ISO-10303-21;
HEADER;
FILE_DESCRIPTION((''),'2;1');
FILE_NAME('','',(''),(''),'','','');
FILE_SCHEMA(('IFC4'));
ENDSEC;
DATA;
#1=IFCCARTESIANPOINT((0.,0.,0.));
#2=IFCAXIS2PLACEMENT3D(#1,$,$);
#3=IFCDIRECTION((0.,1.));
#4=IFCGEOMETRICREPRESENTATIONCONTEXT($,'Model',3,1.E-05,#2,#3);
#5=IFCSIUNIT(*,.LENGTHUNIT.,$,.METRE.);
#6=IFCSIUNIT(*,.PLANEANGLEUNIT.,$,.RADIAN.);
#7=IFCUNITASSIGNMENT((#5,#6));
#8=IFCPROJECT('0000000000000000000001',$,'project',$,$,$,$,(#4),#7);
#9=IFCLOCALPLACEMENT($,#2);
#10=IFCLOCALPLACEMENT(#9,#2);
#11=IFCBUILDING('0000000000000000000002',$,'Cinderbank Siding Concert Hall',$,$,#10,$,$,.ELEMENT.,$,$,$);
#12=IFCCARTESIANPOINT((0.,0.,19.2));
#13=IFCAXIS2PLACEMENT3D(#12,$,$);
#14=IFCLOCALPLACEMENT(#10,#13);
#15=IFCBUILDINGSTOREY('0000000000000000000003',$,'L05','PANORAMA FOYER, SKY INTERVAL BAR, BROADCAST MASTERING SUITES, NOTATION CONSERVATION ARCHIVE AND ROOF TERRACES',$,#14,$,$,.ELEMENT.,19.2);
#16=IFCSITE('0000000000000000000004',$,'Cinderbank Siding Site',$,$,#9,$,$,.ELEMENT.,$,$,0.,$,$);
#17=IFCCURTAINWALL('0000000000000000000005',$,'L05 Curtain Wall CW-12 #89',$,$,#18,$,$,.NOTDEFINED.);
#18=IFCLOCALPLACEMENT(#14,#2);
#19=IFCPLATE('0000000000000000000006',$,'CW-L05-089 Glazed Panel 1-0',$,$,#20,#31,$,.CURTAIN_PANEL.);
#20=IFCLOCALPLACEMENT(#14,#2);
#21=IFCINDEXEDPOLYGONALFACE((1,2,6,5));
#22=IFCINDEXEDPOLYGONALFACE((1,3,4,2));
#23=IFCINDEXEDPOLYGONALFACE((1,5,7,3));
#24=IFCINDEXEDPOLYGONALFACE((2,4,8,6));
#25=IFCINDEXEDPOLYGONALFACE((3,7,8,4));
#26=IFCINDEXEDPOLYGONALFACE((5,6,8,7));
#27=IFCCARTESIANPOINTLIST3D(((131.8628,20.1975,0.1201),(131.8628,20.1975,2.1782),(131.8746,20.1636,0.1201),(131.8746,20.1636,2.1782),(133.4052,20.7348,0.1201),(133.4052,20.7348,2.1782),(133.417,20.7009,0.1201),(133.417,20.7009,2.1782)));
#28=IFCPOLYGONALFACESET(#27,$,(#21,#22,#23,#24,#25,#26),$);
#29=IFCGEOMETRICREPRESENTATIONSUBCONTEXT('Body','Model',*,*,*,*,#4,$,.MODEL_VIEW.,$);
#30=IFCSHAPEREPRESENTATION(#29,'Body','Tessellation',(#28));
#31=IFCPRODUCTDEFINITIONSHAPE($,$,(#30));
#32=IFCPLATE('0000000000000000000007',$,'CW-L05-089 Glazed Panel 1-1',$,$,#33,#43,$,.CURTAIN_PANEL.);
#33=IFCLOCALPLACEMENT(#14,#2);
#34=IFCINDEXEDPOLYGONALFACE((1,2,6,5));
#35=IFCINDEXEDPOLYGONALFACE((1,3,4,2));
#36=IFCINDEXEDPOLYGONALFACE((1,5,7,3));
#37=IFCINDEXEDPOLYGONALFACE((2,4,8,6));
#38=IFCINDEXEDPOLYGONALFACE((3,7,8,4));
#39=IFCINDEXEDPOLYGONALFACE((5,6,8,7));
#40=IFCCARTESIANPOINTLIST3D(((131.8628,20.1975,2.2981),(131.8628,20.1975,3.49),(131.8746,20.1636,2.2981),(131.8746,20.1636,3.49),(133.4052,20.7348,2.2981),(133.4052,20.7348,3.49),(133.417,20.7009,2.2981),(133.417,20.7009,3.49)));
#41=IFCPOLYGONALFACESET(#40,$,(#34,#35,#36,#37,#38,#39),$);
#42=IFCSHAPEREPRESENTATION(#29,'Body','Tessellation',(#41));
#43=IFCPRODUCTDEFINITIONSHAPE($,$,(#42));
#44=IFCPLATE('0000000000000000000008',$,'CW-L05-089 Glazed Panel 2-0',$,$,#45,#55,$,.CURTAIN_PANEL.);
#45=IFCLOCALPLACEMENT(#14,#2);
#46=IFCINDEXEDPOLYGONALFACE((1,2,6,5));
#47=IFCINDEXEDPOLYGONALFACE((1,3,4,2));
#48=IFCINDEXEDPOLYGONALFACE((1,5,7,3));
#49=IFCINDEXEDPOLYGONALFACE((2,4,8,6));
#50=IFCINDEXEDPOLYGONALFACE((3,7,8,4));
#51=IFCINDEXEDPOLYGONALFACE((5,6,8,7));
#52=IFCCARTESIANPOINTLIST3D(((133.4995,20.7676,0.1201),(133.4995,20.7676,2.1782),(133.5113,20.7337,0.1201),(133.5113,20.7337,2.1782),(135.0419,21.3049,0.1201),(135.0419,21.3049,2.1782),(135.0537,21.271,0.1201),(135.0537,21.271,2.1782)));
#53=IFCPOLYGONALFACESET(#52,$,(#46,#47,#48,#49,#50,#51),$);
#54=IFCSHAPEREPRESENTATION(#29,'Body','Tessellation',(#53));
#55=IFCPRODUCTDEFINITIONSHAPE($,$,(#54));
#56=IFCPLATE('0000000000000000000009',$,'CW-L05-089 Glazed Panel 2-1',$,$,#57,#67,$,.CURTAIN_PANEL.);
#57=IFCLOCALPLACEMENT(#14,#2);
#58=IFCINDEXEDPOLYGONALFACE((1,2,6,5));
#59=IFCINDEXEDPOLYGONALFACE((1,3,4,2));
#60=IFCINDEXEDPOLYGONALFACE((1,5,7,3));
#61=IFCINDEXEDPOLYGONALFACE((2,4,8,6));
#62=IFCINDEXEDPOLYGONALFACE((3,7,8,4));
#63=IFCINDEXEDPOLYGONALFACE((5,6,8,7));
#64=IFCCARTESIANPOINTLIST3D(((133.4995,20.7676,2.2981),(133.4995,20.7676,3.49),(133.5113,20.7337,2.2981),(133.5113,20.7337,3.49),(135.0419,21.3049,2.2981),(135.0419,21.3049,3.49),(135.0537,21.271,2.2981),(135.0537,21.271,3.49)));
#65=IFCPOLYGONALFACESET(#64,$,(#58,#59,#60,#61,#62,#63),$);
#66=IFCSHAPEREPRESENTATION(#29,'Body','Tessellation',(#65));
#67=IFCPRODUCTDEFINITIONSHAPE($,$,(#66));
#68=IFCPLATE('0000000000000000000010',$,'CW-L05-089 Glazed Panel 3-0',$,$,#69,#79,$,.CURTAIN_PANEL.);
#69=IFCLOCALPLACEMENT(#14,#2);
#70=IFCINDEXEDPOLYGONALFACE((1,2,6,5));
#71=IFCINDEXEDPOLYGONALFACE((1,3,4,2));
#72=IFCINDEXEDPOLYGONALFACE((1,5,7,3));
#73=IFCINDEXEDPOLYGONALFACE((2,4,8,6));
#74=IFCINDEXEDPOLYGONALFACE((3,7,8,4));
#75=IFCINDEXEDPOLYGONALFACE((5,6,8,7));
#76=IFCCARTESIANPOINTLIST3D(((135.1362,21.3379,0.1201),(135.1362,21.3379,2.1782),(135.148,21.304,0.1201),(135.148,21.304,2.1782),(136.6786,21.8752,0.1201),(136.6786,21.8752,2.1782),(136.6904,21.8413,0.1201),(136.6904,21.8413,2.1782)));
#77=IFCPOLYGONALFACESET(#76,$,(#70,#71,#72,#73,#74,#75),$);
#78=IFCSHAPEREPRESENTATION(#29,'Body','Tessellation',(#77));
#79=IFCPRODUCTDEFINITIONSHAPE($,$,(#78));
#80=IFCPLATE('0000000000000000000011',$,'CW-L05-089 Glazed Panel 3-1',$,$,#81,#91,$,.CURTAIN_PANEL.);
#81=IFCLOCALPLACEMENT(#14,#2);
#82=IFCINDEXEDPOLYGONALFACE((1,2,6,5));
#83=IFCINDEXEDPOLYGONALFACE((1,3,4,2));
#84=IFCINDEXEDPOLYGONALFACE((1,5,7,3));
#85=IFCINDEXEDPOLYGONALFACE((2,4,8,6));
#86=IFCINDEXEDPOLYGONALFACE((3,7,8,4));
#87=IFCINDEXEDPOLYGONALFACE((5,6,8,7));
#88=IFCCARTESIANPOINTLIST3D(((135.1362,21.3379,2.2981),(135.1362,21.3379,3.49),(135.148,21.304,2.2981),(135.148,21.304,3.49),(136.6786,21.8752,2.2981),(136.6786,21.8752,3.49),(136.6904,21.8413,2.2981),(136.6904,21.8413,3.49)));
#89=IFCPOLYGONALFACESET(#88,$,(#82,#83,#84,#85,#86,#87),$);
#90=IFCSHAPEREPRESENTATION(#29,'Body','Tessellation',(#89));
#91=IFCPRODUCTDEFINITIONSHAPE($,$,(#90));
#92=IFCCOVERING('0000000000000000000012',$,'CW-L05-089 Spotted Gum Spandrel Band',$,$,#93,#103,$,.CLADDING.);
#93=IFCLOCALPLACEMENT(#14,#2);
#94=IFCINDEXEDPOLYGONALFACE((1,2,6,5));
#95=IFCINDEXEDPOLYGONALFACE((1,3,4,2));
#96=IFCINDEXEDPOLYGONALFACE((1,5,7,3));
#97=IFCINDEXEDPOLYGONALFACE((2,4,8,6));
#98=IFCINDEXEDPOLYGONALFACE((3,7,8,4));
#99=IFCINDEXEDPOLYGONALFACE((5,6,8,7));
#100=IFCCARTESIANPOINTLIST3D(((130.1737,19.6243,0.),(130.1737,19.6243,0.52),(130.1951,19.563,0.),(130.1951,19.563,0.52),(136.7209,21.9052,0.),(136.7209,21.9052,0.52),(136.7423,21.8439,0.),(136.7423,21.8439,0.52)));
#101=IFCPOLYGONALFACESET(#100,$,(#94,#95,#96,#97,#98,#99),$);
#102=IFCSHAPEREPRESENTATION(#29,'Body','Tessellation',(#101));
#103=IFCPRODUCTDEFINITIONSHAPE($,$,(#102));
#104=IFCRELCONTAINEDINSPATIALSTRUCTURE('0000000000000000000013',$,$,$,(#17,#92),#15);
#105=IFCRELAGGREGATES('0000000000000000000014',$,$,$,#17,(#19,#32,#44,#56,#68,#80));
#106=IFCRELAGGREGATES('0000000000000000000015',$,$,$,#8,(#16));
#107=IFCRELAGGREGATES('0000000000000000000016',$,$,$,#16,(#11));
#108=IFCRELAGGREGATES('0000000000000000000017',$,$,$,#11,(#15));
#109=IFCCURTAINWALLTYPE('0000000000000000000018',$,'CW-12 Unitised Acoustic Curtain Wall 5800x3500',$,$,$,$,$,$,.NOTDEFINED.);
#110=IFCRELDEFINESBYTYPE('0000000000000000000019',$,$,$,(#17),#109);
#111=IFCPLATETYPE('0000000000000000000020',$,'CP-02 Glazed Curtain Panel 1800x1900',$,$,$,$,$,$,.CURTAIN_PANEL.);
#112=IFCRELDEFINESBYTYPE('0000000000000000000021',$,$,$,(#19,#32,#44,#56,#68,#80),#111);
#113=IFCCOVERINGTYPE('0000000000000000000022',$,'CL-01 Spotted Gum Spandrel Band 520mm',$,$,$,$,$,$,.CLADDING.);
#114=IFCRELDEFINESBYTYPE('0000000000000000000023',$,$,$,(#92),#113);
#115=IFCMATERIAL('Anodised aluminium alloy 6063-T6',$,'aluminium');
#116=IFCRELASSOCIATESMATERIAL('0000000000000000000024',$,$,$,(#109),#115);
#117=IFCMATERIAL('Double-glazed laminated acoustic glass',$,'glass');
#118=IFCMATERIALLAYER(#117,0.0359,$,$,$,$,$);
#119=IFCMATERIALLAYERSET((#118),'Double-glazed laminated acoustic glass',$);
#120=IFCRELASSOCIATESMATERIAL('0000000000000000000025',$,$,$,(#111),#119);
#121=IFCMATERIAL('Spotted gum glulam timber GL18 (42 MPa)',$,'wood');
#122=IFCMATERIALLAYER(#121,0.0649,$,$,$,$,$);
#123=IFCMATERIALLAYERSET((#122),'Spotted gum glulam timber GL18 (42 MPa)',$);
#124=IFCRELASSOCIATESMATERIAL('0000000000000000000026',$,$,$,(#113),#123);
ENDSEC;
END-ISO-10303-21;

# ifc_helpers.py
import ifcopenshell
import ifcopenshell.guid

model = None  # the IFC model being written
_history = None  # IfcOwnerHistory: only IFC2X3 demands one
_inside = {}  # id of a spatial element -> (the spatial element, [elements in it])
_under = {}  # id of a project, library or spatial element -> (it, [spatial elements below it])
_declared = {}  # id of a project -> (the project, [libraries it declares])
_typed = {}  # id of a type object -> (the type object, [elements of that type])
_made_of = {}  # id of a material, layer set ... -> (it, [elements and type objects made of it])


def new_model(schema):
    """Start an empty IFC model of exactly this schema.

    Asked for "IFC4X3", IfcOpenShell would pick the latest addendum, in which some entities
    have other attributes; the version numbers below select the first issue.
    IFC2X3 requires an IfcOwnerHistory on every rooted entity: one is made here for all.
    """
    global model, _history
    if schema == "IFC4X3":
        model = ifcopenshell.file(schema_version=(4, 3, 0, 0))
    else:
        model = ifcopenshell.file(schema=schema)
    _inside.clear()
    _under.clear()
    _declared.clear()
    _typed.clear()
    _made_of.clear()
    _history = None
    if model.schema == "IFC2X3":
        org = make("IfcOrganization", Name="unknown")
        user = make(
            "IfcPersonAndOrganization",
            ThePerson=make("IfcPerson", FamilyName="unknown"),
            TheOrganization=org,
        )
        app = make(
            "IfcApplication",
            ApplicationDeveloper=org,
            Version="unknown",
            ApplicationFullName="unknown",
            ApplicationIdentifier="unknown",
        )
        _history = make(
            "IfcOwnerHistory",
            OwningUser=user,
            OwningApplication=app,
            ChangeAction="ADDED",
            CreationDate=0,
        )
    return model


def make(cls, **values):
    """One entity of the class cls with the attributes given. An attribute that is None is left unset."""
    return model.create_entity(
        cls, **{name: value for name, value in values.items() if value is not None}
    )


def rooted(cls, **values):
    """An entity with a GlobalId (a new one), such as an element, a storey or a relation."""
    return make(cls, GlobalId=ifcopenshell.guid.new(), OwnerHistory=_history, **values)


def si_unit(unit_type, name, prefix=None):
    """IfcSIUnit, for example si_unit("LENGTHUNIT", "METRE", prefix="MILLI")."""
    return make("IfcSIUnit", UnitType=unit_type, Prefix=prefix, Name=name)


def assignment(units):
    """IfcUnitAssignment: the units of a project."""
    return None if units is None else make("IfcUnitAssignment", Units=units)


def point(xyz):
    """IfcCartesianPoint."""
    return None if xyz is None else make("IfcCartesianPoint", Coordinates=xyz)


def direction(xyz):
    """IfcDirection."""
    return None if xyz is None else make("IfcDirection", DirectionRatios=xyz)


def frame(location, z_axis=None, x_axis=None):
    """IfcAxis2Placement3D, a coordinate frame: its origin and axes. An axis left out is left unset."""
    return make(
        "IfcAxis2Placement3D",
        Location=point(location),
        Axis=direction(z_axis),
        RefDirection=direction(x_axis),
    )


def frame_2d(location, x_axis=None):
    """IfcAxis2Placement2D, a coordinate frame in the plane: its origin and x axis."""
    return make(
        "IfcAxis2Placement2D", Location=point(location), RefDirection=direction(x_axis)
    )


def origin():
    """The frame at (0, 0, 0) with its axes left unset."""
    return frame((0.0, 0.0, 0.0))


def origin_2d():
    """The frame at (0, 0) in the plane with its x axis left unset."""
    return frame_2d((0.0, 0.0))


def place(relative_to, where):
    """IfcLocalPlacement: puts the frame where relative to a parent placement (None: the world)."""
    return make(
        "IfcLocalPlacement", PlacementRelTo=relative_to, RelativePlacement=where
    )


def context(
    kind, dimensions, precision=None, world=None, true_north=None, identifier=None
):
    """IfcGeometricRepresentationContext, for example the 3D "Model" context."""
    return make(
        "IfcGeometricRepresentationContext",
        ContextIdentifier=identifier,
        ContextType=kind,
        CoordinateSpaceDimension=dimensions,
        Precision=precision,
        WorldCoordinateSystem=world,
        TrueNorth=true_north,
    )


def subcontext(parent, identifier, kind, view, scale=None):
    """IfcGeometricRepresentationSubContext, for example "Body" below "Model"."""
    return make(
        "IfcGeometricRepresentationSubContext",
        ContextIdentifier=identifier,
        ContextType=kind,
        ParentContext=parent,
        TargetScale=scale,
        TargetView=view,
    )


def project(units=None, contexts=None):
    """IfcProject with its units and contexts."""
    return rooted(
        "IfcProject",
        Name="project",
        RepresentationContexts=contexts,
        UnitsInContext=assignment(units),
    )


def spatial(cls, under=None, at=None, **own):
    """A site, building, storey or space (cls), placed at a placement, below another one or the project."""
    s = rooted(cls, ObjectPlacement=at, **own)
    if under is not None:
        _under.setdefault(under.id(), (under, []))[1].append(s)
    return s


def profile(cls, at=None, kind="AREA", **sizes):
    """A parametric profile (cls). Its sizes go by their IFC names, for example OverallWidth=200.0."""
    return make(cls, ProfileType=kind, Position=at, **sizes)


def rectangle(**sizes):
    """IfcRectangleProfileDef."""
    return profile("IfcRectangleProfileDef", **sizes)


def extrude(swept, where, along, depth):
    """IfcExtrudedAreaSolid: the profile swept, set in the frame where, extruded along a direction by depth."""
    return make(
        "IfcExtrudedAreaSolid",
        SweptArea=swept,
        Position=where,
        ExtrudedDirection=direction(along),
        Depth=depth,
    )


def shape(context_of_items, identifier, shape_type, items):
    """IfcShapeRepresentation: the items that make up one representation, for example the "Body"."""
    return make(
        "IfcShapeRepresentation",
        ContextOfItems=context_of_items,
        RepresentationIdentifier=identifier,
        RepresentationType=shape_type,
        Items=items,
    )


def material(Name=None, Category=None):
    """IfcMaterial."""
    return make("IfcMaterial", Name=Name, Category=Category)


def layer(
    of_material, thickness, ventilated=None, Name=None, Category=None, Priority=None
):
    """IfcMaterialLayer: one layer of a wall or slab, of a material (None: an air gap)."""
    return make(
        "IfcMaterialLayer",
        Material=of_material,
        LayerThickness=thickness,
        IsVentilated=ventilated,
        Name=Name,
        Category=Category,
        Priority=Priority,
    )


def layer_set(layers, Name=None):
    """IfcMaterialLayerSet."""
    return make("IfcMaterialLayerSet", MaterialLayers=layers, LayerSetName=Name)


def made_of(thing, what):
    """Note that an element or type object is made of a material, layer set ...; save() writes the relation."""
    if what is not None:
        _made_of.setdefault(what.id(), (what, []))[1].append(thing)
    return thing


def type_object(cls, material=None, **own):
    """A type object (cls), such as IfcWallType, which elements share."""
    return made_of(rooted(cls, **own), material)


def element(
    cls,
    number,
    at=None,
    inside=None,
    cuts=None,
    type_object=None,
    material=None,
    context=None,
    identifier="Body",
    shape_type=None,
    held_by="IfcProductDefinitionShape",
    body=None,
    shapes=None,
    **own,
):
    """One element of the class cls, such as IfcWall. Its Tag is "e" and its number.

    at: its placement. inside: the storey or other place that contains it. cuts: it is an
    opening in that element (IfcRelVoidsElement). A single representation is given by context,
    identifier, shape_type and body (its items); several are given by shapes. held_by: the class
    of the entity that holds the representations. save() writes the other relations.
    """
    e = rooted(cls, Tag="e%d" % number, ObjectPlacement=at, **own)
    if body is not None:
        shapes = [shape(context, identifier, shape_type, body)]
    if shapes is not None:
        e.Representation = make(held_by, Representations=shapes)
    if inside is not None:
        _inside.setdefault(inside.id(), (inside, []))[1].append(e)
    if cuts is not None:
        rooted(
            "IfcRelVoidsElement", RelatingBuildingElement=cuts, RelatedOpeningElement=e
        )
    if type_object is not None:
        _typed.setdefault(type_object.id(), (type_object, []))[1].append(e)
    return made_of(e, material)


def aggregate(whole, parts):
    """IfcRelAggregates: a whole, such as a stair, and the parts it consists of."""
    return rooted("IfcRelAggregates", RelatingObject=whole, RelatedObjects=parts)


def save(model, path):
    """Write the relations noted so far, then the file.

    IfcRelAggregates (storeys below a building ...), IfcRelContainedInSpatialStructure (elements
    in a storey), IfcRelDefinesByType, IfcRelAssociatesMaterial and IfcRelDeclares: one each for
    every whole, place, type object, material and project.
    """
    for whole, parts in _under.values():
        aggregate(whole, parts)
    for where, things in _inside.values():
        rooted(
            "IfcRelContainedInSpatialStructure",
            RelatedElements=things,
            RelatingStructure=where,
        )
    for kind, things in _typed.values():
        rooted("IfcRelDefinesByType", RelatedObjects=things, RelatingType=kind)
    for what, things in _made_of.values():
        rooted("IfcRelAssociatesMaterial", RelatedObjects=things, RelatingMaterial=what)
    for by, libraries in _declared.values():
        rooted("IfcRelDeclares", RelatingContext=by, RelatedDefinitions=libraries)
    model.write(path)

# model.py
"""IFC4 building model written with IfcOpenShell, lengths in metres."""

from ifc_helpers import new_model, si_unit, direction, frame, origin, origin_2d, place, context, subcontext, project, spatial, rectangle, extrude, material, layer, layer_set, type_object, element, aggregate, save


model = new_model("IFC4")

# Units and contexts
model_context = context("Model", 3, precision=1e-05, world=origin(), true_north=direction((0.0, 1.0)))
body_context = subcontext(model_context, "Body", "Model", "MODEL_VIEW")
ifc_project = project(units=[si_unit("LENGTHUNIT", "METRE"), si_unit("PLANEANGLEUNIT", "RADIAN")], contexts=[model_context])

# Site, building, storey
site_placement = place(None, origin())
site = spatial("IfcSite", under=ifc_project, at=site_placement, Name="Cinderbank Siding Site", CompositionType="ELEMENT", RefElevation=0.0)
building_placement = place(site_placement, origin())
building = spatial("IfcBuilding", under=site, at=building_placement, Name="Cinderbank Siding Concert Hall", CompositionType="ELEMENT")
storey_placement = place(building_placement, frame((0.0, 0.0, 19.2)))
storey = spatial("IfcBuildingStorey", under=building, at=storey_placement, Name="L05", Description="PANORAMA FOYER, SKY INTERVAL BAR, BROADCAST MASTERING SUITES, NOTATION CONSERVATION ARCHIVE AND ROOF TERRACES", CompositionType="ELEMENT", Elevation=19.2)

# Curtain wall, plates
ifc_material_1 = material(Name="Anodised aluminium alloy 6063-T6", Category="aluminium")
curtain_wall_type = type_object("IfcCurtainWallType", Name="CW-12 Unitised Acoustic Curtain Wall 5800x3500", PredefinedType="NOTDEFINED", material=ifc_material_1)
curtain_wall_placement = place(storey_placement, origin())
curtain_wall = element("IfcCurtainWall", 1, at=curtain_wall_placement, inside=storey, type_object=curtain_wall_type, Name="L05 Curtain Wall CW-12 #89", PredefinedType="NOTDEFINED")
ifc_material_2 = material(Name="Double-glazed laminated acoustic glass", Category="glass")
ifc_layer_1 = layer(ifc_material_2, 0.0359)
ifc_layer_set_1 = layer_set([ifc_layer_1], Name="Double-glazed laminated acoustic glass")
plate_type = type_object("IfcPlateType", Name="CP-02 Glazed Curtain Panel 1800x1900", PredefinedType="CURTAIN_PANEL", material=ifc_layer_set_1)
plate_1_placement = place(storey_placement, frame((132.6399, 20.4492, 0.1201), z_axis=(0.0, 0.0, 1.0), x_axis=(0.944334, 0.328988, 0.0)))
plate_1 = element("IfcPlate", 2, at=plate_1_placement, type_object=plate_type, Name="CW-L05-089 Glazed Panel 1-0", PredefinedType="CURTAIN_PANEL", context=body_context, shape_type="SweptSolid", body=[
    extrude(rectangle(XDim=1.6333, YDim=0.0359, at=origin_2d()), origin(), (0.0, 0.0, 1.0), 2.0581),
])
plate_2_placement = place(storey_placement, frame((132.6399, 20.4492, 2.2981), z_axis=(0.0, 0.0, 1.0), x_axis=(0.944334, 0.328988, 0.0)))
plate_2 = element("IfcPlate", 3, at=plate_2_placement, type_object=plate_type, Name="CW-L05-089 Glazed Panel 1-1", PredefinedType="CURTAIN_PANEL", context=body_context, shape_type="SweptSolid", body=[
    extrude(rectangle(XDim=1.6333, YDim=0.0359, at=origin_2d()), origin(), (0.0, 0.0, 1.0), 1.1919),
])
plate_3_placement = place(storey_placement, frame((134.2766, 21.0193, 0.1201), z_axis=(0.0, 0.0, 1.0), x_axis=(0.944334, 0.328988, 0.0)))
plate_3 = element("IfcPlate", 4, at=plate_3_placement, type_object=plate_type, Name="CW-L05-089 Glazed Panel 2-0", PredefinedType="CURTAIN_PANEL", context=body_context, shape_type="SweptSolid", body=[
    extrude(rectangle(XDim=1.6333, YDim=0.0359, at=origin_2d()), origin(), (0.0, 0.0, 1.0), 2.0581),
])
plate_4_placement = place(storey_placement, frame((134.2766, 21.0193, 2.2981), z_axis=(0.0, 0.0, 1.0), x_axis=(0.944334, 0.328988, 0.0)))
plate_4 = element("IfcPlate", 5, at=plate_4_placement, type_object=plate_type, Name="CW-L05-089 Glazed Panel 2-1", PredefinedType="CURTAIN_PANEL", context=body_context, shape_type="SweptSolid", body=[
    extrude(rectangle(XDim=1.6333, YDim=0.0359, at=origin_2d()), origin(), (0.0, 0.0, 1.0), 1.1919),
])
plate_5_placement = place(storey_placement, frame((135.9133, 21.5896, 0.1201), z_axis=(0.0, 0.0, 1.0), x_axis=(0.944334, 0.328988, 0.0)))
plate_5 = element("IfcPlate", 6, at=plate_5_placement, type_object=plate_type, Name="CW-L05-089 Glazed Panel 3-0", PredefinedType="CURTAIN_PANEL", context=body_context, shape_type="SweptSolid", body=[
    extrude(rectangle(XDim=1.6333, YDim=0.0359, at=origin_2d()), origin(), (0.0, 0.0, 1.0), 2.0581),
])
plate_6_placement = place(storey_placement, frame((135.9133, 21.5896, 2.2981), z_axis=(0.0, 0.0, 1.0), x_axis=(0.944334, 0.328988, 0.0)))
plate_6 = element("IfcPlate", 7, at=plate_6_placement, type_object=plate_type, Name="CW-L05-089 Glazed Panel 3-1", PredefinedType="CURTAIN_PANEL", context=body_context, shape_type="SweptSolid", body=[
    extrude(rectangle(XDim=1.6333, YDim=0.0359, at=origin_2d()), origin(), (0.0, 0.0, 1.0), 1.1919),
])
aggregate(curtain_wall, [plate_1, plate_2, plate_3, plate_4, plate_5, plate_6])

# Covering
ifc_material_3 = material(Name="Spotted gum glulam timber GL18 (42 MPa)", Category="wood")
ifc_layer_2 = layer(ifc_material_3, 0.0649)
ifc_layer_set_2 = layer_set([ifc_layer_2], Name="Spotted gum glulam timber GL18 (42 MPa)")
covering_type = type_object("IfcCoveringType", Name="CL-01 Spotted Gum Spandrel Band 520mm", PredefinedType="CLADDING", material=ifc_layer_set_2)
covering_placement = place(storey_placement, frame((133.458, 20.7341, 0.0), z_axis=(0.0, 0.0, 1.0), x_axis=(0.944334, 0.328988, 0.0)))
element("IfcCovering", 8, at=covering_placement, inside=storey, type_object=covering_type, Name="CW-L05-089 Spotted Gum Spandrel Band", PredefinedType="CLADDING", context=body_context, shape_type="SweptSolid", body=[
    extrude(rectangle(XDim=6.9331, YDim=0.0649, at=origin_2d()), origin(), (0.0, 0.0, 1.0), 0.52),
])

save(model, "model.ifc")
